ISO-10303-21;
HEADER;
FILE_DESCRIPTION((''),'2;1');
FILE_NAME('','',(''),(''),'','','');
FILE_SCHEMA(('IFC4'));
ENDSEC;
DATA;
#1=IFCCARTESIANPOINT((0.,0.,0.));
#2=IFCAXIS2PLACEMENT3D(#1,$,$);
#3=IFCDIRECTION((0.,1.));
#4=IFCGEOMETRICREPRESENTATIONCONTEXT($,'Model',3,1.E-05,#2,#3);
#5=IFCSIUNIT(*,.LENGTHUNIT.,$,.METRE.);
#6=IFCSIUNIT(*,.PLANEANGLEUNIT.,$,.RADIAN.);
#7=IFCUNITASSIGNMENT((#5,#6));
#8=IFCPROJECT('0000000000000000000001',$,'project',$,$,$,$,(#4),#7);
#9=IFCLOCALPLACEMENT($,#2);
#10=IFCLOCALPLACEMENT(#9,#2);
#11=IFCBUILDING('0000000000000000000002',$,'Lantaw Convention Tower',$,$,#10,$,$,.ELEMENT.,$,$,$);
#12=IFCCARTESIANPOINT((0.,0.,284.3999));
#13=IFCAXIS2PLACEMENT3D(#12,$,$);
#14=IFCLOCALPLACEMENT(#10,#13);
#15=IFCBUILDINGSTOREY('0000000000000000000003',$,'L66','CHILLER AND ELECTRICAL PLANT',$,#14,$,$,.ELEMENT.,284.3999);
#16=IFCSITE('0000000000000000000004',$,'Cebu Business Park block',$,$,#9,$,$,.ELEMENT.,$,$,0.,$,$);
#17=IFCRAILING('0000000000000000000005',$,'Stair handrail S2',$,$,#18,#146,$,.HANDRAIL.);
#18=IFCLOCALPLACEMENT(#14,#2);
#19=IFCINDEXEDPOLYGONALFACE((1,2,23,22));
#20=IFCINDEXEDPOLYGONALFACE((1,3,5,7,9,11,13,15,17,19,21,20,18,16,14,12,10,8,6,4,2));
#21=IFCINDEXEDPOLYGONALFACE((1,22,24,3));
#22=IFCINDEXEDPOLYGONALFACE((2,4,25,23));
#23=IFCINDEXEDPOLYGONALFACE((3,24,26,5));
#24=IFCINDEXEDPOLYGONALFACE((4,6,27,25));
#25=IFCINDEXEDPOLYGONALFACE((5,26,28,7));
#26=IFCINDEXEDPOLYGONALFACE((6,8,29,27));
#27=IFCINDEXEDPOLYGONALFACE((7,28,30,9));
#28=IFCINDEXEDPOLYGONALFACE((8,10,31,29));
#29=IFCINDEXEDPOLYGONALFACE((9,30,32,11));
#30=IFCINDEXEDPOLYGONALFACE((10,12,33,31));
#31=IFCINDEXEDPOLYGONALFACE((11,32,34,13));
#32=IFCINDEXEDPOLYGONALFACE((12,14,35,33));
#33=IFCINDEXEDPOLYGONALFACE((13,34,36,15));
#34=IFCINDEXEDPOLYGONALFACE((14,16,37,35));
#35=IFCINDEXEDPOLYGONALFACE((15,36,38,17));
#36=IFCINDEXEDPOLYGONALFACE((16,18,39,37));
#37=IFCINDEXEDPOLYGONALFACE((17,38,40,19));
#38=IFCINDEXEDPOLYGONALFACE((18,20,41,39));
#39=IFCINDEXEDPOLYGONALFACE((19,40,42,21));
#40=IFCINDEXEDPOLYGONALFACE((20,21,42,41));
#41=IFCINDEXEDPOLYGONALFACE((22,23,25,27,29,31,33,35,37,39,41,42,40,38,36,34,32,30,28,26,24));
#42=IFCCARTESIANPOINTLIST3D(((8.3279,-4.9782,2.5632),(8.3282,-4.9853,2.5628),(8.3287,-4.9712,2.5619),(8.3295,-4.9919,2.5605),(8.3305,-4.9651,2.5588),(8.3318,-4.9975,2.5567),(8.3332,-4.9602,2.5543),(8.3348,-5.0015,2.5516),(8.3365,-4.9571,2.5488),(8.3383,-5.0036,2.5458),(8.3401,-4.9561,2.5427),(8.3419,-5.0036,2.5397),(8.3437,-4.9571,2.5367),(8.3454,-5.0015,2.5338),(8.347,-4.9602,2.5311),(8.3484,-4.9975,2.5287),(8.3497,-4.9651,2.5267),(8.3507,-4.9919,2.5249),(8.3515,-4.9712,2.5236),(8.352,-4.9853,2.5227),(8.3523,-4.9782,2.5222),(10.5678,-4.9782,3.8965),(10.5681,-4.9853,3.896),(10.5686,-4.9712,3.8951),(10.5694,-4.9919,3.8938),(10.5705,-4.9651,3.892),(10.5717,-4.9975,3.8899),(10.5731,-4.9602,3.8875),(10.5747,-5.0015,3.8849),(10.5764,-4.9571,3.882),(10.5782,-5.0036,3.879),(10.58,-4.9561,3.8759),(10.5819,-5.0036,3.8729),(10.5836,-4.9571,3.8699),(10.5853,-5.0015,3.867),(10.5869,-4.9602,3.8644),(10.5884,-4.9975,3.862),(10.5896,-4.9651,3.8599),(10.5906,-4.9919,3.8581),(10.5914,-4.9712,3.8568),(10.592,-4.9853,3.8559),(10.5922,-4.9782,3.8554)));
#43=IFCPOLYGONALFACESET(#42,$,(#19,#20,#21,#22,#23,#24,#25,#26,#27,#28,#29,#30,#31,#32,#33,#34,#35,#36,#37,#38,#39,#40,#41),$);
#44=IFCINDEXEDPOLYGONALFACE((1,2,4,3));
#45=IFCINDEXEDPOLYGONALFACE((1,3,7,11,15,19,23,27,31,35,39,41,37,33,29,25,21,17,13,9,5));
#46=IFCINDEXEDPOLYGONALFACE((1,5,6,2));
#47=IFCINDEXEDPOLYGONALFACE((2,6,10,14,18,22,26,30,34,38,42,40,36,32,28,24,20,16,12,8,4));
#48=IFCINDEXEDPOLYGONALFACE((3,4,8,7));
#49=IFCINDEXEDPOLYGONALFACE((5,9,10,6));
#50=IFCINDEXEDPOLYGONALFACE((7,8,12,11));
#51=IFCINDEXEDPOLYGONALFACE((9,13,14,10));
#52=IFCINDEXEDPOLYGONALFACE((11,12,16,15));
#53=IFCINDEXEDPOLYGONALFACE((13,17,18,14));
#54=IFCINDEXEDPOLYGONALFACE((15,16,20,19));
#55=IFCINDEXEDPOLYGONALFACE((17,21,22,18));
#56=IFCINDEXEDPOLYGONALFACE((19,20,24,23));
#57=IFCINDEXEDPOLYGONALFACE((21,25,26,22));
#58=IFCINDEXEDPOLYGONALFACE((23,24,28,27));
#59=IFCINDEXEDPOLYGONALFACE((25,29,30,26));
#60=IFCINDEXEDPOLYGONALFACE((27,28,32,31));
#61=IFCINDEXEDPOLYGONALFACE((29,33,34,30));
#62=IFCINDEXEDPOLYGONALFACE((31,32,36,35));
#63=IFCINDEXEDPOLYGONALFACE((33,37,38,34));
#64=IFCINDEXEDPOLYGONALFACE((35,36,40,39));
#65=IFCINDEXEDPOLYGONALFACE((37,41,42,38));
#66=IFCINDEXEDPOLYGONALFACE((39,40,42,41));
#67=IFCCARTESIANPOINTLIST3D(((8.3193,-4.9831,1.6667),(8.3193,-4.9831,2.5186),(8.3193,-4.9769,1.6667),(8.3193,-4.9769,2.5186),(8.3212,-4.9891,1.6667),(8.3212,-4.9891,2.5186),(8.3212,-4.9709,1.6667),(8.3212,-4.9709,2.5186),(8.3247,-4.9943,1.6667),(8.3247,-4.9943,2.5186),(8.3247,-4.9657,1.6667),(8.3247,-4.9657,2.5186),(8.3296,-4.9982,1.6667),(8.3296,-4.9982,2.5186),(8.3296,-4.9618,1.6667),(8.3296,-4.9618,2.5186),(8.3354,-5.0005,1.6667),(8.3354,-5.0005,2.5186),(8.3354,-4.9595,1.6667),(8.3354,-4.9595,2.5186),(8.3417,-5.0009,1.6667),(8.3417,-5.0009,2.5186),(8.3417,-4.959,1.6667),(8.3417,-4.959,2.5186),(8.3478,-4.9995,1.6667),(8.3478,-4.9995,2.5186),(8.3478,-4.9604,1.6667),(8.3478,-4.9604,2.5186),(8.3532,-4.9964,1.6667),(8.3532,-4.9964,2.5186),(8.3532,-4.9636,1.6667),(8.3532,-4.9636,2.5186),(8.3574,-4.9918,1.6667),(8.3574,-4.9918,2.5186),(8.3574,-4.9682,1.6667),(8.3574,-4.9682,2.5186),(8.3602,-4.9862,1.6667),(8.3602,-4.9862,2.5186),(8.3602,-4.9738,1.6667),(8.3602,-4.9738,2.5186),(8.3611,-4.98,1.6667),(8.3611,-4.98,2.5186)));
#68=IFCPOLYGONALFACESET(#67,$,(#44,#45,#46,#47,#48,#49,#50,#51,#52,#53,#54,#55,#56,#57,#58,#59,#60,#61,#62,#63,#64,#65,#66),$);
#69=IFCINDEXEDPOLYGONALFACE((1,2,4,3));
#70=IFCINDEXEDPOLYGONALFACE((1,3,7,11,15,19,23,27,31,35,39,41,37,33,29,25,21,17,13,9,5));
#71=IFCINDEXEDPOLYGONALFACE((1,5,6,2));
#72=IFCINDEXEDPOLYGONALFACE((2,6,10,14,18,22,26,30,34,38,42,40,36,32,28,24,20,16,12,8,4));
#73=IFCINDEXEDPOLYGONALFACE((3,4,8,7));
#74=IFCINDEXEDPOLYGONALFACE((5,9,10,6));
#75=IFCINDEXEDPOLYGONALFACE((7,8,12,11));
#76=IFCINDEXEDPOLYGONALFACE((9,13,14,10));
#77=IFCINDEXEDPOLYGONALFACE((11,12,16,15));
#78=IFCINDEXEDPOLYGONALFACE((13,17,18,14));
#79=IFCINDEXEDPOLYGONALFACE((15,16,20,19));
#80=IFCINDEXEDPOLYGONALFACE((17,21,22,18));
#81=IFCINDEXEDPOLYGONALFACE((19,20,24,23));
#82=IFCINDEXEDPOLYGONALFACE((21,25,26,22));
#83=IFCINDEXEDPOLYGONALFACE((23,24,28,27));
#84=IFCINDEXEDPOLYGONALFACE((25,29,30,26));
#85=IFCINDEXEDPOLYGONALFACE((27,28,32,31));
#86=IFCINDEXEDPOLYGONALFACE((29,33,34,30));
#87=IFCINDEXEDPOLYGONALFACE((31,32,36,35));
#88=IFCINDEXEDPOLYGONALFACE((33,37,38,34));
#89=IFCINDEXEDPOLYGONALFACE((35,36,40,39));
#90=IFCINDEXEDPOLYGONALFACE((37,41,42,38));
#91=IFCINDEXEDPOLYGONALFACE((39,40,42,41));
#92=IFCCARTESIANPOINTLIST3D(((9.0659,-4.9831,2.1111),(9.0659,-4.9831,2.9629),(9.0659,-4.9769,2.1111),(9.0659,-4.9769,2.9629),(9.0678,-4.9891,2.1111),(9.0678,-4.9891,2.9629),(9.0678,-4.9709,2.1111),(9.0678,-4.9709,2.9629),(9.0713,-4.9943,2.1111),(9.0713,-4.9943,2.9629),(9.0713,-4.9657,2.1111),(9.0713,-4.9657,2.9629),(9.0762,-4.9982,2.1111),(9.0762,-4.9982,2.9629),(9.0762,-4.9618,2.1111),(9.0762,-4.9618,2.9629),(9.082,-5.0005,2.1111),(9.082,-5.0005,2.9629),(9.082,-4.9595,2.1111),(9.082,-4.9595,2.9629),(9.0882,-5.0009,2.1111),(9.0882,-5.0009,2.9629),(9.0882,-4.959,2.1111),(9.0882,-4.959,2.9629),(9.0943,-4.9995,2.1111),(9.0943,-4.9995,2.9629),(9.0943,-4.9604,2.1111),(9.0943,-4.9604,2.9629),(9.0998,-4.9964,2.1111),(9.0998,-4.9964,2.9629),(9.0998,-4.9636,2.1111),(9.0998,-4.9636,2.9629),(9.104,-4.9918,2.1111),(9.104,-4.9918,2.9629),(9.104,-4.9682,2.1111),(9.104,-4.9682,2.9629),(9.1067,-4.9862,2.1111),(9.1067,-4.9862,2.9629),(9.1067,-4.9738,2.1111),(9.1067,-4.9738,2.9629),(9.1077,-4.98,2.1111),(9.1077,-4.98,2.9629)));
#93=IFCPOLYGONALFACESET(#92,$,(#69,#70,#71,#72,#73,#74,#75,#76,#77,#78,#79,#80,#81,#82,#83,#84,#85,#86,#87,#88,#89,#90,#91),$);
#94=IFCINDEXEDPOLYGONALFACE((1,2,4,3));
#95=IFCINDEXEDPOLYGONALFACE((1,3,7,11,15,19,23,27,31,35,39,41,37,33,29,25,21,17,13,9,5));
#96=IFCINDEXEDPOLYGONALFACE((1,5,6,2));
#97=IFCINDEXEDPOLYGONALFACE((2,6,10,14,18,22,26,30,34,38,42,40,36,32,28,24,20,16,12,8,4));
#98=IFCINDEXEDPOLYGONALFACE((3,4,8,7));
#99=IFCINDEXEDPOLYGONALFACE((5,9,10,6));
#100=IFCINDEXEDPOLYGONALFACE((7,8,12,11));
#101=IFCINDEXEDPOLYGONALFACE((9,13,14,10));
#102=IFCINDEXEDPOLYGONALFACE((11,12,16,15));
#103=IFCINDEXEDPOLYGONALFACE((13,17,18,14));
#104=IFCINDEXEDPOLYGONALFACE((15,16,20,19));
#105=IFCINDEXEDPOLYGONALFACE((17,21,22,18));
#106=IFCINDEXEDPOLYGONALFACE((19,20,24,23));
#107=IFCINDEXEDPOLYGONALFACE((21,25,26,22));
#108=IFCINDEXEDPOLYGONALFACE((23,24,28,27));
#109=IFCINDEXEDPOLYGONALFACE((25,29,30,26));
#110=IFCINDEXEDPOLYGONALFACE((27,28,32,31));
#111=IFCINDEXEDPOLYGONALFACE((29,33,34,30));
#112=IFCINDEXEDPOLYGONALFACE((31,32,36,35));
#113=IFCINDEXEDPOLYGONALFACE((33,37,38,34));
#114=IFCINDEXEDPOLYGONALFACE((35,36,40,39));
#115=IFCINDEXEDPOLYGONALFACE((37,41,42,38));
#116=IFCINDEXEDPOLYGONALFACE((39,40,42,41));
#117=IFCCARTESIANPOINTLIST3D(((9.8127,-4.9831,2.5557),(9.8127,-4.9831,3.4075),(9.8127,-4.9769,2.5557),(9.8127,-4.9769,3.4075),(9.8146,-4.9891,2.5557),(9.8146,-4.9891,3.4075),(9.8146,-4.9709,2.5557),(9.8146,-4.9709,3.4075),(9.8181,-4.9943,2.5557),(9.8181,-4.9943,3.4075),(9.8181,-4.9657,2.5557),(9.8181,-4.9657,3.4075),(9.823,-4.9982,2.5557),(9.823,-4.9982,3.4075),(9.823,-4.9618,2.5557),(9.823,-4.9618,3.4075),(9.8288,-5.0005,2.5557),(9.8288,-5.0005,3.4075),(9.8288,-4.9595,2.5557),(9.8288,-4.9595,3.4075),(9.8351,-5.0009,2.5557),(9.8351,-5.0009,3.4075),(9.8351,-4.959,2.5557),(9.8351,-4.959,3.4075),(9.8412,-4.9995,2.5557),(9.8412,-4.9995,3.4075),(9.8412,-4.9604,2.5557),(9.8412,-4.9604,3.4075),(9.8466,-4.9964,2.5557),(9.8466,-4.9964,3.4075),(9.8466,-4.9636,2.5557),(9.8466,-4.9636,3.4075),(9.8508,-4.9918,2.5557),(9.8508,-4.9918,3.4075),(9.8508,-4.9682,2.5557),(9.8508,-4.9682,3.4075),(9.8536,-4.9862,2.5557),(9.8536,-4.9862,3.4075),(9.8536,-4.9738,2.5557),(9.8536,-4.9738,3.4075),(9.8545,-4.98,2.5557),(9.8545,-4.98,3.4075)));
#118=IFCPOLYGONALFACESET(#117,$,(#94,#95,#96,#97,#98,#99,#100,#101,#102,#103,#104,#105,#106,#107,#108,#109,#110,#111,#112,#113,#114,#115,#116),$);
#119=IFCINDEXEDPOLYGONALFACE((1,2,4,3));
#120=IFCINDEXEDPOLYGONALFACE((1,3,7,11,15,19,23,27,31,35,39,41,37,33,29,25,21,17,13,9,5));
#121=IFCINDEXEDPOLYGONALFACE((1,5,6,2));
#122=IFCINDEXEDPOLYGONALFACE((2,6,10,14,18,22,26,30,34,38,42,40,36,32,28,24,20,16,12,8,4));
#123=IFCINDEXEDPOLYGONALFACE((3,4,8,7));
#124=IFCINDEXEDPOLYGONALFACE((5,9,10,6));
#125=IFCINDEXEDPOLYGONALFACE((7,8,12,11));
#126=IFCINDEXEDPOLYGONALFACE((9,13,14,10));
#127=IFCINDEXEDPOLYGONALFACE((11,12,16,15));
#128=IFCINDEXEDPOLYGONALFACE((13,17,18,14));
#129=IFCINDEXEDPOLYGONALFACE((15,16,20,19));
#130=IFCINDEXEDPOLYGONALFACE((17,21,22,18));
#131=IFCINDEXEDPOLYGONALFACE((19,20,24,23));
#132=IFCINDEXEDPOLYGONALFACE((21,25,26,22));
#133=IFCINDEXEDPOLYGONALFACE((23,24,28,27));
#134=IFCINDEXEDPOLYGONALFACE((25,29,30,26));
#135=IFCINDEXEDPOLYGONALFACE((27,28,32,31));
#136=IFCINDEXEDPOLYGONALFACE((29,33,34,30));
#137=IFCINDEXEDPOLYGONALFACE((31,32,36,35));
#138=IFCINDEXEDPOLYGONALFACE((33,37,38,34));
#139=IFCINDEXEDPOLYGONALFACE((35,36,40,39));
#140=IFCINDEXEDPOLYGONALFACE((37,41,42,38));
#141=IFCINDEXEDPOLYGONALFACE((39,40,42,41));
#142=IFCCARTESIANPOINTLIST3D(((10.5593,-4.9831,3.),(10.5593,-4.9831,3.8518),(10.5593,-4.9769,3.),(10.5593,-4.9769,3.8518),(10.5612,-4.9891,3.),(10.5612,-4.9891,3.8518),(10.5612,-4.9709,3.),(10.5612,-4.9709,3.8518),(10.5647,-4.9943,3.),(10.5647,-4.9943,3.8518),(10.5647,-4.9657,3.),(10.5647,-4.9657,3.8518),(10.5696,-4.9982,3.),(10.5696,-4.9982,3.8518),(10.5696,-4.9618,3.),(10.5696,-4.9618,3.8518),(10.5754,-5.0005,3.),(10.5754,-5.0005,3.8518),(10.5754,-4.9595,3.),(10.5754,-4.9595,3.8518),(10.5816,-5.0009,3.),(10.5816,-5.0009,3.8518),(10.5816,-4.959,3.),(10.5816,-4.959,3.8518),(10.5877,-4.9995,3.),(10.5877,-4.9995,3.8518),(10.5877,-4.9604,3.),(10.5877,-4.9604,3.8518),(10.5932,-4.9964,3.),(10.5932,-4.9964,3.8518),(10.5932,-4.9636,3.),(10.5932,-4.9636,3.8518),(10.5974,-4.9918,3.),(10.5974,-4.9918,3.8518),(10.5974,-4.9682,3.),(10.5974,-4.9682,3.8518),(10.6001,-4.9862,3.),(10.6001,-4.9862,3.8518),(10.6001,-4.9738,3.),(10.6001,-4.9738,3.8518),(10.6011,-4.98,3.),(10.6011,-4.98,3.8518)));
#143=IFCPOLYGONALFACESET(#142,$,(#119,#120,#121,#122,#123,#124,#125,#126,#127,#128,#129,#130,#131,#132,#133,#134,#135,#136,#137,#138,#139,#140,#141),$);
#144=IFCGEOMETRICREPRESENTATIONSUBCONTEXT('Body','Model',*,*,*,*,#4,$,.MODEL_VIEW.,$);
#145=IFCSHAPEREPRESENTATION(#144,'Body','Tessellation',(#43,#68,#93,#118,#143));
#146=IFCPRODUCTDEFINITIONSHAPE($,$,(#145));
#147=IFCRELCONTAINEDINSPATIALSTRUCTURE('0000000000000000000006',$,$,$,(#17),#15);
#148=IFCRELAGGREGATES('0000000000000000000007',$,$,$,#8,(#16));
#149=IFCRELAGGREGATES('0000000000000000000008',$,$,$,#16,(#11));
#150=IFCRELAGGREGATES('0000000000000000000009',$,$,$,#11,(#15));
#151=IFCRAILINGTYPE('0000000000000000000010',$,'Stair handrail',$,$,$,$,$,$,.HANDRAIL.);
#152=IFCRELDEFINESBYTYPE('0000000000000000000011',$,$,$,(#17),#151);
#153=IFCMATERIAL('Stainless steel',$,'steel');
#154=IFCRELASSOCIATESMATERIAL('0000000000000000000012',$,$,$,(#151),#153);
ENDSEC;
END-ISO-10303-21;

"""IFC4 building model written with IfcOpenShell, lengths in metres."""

from ifc_helpers import new_model, si_unit, direction, frame, origin, origin_2d, place, context, subcontext, project, spatial, circle, extrude, material, type_object, element, save


model = new_model("IFC4")

# Units and contexts
model_context = context("Model", 3, precision=1e-05, world=origin(), true_north=direction((0.0, 1.0)))
body_context = subcontext(model_context, "Body", "Model", "MODEL_VIEW")
ifc_project = project(units=[si_unit("LENGTHUNIT", "METRE"), si_unit("PLANEANGLEUNIT", "RADIAN")], contexts=[model_context])

# Site, building, storey
site_placement = place(None, origin())
site = spatial("IfcSite", under=ifc_project, at=site_placement, Name="Cebu Business Park block", CompositionType="ELEMENT", RefElevation=0.0)
building_placement = place(site_placement, origin())
building = spatial("IfcBuilding", under=site, at=building_placement, Name="Lantaw Convention Tower", CompositionType="ELEMENT")
storey_placement = place(building_placement, frame((0.0, 0.0, 284.3999)))
storey = spatial("IfcBuildingStorey", under=building, at=storey_placement, Name="L66", Description="CHILLER AND ELECTRICAL PLANT", CompositionType="ELEMENT", Elevation=284.3999)

# Railing
ifc_material_1 = material(Name="Stainless steel", Category="steel")
railing_type = type_object("IfcRailingType", Name="Stair handrail", PredefinedType="HANDRAIL", material=ifc_material_1)
railing_1_placement = place(storey_placement, frame((8.3401, -4.98, 1.6667)))
element("IfcRailing", 1, at=railing_1_placement, inside=storey, type_object=railing_type, Name="Stair handrail S2", PredefinedType="HANDRAIL", context=body_context, shape_type="SweptSolid", body=[
    extrude(circle(Radius=0.0239, at=origin_2d()), frame((0.0, 0.0, 0.876), z_axis=(0.859306, 0.0, 0.511462), x_axis=(0.0, 1.0, 0.0)), (0.0, 0.0, 1.0), 2.6067),
    extrude(circle(Radius=0.021, at=origin_2d()), origin(), (0.0, 0.0, 1.0), 0.8518),
    extrude(circle(Radius=0.021, at=origin_2d()), frame((0.7466, 0.0, 0.4443)), (0.0, 0.0, 1.0), 0.8518),
    extrude(circle(Radius=0.021, at=origin_2d()), frame((1.4934, 0.0, 0.8889)), (0.0, 0.0, 1.0), 0.8518),
    extrude(circle(Radius=0.021, at=origin_2d()), frame((2.24, 0.0, 1.3333)), (0.0, 0.0, 1.0), 0.8518),
])

save(model, "model.ifc")
